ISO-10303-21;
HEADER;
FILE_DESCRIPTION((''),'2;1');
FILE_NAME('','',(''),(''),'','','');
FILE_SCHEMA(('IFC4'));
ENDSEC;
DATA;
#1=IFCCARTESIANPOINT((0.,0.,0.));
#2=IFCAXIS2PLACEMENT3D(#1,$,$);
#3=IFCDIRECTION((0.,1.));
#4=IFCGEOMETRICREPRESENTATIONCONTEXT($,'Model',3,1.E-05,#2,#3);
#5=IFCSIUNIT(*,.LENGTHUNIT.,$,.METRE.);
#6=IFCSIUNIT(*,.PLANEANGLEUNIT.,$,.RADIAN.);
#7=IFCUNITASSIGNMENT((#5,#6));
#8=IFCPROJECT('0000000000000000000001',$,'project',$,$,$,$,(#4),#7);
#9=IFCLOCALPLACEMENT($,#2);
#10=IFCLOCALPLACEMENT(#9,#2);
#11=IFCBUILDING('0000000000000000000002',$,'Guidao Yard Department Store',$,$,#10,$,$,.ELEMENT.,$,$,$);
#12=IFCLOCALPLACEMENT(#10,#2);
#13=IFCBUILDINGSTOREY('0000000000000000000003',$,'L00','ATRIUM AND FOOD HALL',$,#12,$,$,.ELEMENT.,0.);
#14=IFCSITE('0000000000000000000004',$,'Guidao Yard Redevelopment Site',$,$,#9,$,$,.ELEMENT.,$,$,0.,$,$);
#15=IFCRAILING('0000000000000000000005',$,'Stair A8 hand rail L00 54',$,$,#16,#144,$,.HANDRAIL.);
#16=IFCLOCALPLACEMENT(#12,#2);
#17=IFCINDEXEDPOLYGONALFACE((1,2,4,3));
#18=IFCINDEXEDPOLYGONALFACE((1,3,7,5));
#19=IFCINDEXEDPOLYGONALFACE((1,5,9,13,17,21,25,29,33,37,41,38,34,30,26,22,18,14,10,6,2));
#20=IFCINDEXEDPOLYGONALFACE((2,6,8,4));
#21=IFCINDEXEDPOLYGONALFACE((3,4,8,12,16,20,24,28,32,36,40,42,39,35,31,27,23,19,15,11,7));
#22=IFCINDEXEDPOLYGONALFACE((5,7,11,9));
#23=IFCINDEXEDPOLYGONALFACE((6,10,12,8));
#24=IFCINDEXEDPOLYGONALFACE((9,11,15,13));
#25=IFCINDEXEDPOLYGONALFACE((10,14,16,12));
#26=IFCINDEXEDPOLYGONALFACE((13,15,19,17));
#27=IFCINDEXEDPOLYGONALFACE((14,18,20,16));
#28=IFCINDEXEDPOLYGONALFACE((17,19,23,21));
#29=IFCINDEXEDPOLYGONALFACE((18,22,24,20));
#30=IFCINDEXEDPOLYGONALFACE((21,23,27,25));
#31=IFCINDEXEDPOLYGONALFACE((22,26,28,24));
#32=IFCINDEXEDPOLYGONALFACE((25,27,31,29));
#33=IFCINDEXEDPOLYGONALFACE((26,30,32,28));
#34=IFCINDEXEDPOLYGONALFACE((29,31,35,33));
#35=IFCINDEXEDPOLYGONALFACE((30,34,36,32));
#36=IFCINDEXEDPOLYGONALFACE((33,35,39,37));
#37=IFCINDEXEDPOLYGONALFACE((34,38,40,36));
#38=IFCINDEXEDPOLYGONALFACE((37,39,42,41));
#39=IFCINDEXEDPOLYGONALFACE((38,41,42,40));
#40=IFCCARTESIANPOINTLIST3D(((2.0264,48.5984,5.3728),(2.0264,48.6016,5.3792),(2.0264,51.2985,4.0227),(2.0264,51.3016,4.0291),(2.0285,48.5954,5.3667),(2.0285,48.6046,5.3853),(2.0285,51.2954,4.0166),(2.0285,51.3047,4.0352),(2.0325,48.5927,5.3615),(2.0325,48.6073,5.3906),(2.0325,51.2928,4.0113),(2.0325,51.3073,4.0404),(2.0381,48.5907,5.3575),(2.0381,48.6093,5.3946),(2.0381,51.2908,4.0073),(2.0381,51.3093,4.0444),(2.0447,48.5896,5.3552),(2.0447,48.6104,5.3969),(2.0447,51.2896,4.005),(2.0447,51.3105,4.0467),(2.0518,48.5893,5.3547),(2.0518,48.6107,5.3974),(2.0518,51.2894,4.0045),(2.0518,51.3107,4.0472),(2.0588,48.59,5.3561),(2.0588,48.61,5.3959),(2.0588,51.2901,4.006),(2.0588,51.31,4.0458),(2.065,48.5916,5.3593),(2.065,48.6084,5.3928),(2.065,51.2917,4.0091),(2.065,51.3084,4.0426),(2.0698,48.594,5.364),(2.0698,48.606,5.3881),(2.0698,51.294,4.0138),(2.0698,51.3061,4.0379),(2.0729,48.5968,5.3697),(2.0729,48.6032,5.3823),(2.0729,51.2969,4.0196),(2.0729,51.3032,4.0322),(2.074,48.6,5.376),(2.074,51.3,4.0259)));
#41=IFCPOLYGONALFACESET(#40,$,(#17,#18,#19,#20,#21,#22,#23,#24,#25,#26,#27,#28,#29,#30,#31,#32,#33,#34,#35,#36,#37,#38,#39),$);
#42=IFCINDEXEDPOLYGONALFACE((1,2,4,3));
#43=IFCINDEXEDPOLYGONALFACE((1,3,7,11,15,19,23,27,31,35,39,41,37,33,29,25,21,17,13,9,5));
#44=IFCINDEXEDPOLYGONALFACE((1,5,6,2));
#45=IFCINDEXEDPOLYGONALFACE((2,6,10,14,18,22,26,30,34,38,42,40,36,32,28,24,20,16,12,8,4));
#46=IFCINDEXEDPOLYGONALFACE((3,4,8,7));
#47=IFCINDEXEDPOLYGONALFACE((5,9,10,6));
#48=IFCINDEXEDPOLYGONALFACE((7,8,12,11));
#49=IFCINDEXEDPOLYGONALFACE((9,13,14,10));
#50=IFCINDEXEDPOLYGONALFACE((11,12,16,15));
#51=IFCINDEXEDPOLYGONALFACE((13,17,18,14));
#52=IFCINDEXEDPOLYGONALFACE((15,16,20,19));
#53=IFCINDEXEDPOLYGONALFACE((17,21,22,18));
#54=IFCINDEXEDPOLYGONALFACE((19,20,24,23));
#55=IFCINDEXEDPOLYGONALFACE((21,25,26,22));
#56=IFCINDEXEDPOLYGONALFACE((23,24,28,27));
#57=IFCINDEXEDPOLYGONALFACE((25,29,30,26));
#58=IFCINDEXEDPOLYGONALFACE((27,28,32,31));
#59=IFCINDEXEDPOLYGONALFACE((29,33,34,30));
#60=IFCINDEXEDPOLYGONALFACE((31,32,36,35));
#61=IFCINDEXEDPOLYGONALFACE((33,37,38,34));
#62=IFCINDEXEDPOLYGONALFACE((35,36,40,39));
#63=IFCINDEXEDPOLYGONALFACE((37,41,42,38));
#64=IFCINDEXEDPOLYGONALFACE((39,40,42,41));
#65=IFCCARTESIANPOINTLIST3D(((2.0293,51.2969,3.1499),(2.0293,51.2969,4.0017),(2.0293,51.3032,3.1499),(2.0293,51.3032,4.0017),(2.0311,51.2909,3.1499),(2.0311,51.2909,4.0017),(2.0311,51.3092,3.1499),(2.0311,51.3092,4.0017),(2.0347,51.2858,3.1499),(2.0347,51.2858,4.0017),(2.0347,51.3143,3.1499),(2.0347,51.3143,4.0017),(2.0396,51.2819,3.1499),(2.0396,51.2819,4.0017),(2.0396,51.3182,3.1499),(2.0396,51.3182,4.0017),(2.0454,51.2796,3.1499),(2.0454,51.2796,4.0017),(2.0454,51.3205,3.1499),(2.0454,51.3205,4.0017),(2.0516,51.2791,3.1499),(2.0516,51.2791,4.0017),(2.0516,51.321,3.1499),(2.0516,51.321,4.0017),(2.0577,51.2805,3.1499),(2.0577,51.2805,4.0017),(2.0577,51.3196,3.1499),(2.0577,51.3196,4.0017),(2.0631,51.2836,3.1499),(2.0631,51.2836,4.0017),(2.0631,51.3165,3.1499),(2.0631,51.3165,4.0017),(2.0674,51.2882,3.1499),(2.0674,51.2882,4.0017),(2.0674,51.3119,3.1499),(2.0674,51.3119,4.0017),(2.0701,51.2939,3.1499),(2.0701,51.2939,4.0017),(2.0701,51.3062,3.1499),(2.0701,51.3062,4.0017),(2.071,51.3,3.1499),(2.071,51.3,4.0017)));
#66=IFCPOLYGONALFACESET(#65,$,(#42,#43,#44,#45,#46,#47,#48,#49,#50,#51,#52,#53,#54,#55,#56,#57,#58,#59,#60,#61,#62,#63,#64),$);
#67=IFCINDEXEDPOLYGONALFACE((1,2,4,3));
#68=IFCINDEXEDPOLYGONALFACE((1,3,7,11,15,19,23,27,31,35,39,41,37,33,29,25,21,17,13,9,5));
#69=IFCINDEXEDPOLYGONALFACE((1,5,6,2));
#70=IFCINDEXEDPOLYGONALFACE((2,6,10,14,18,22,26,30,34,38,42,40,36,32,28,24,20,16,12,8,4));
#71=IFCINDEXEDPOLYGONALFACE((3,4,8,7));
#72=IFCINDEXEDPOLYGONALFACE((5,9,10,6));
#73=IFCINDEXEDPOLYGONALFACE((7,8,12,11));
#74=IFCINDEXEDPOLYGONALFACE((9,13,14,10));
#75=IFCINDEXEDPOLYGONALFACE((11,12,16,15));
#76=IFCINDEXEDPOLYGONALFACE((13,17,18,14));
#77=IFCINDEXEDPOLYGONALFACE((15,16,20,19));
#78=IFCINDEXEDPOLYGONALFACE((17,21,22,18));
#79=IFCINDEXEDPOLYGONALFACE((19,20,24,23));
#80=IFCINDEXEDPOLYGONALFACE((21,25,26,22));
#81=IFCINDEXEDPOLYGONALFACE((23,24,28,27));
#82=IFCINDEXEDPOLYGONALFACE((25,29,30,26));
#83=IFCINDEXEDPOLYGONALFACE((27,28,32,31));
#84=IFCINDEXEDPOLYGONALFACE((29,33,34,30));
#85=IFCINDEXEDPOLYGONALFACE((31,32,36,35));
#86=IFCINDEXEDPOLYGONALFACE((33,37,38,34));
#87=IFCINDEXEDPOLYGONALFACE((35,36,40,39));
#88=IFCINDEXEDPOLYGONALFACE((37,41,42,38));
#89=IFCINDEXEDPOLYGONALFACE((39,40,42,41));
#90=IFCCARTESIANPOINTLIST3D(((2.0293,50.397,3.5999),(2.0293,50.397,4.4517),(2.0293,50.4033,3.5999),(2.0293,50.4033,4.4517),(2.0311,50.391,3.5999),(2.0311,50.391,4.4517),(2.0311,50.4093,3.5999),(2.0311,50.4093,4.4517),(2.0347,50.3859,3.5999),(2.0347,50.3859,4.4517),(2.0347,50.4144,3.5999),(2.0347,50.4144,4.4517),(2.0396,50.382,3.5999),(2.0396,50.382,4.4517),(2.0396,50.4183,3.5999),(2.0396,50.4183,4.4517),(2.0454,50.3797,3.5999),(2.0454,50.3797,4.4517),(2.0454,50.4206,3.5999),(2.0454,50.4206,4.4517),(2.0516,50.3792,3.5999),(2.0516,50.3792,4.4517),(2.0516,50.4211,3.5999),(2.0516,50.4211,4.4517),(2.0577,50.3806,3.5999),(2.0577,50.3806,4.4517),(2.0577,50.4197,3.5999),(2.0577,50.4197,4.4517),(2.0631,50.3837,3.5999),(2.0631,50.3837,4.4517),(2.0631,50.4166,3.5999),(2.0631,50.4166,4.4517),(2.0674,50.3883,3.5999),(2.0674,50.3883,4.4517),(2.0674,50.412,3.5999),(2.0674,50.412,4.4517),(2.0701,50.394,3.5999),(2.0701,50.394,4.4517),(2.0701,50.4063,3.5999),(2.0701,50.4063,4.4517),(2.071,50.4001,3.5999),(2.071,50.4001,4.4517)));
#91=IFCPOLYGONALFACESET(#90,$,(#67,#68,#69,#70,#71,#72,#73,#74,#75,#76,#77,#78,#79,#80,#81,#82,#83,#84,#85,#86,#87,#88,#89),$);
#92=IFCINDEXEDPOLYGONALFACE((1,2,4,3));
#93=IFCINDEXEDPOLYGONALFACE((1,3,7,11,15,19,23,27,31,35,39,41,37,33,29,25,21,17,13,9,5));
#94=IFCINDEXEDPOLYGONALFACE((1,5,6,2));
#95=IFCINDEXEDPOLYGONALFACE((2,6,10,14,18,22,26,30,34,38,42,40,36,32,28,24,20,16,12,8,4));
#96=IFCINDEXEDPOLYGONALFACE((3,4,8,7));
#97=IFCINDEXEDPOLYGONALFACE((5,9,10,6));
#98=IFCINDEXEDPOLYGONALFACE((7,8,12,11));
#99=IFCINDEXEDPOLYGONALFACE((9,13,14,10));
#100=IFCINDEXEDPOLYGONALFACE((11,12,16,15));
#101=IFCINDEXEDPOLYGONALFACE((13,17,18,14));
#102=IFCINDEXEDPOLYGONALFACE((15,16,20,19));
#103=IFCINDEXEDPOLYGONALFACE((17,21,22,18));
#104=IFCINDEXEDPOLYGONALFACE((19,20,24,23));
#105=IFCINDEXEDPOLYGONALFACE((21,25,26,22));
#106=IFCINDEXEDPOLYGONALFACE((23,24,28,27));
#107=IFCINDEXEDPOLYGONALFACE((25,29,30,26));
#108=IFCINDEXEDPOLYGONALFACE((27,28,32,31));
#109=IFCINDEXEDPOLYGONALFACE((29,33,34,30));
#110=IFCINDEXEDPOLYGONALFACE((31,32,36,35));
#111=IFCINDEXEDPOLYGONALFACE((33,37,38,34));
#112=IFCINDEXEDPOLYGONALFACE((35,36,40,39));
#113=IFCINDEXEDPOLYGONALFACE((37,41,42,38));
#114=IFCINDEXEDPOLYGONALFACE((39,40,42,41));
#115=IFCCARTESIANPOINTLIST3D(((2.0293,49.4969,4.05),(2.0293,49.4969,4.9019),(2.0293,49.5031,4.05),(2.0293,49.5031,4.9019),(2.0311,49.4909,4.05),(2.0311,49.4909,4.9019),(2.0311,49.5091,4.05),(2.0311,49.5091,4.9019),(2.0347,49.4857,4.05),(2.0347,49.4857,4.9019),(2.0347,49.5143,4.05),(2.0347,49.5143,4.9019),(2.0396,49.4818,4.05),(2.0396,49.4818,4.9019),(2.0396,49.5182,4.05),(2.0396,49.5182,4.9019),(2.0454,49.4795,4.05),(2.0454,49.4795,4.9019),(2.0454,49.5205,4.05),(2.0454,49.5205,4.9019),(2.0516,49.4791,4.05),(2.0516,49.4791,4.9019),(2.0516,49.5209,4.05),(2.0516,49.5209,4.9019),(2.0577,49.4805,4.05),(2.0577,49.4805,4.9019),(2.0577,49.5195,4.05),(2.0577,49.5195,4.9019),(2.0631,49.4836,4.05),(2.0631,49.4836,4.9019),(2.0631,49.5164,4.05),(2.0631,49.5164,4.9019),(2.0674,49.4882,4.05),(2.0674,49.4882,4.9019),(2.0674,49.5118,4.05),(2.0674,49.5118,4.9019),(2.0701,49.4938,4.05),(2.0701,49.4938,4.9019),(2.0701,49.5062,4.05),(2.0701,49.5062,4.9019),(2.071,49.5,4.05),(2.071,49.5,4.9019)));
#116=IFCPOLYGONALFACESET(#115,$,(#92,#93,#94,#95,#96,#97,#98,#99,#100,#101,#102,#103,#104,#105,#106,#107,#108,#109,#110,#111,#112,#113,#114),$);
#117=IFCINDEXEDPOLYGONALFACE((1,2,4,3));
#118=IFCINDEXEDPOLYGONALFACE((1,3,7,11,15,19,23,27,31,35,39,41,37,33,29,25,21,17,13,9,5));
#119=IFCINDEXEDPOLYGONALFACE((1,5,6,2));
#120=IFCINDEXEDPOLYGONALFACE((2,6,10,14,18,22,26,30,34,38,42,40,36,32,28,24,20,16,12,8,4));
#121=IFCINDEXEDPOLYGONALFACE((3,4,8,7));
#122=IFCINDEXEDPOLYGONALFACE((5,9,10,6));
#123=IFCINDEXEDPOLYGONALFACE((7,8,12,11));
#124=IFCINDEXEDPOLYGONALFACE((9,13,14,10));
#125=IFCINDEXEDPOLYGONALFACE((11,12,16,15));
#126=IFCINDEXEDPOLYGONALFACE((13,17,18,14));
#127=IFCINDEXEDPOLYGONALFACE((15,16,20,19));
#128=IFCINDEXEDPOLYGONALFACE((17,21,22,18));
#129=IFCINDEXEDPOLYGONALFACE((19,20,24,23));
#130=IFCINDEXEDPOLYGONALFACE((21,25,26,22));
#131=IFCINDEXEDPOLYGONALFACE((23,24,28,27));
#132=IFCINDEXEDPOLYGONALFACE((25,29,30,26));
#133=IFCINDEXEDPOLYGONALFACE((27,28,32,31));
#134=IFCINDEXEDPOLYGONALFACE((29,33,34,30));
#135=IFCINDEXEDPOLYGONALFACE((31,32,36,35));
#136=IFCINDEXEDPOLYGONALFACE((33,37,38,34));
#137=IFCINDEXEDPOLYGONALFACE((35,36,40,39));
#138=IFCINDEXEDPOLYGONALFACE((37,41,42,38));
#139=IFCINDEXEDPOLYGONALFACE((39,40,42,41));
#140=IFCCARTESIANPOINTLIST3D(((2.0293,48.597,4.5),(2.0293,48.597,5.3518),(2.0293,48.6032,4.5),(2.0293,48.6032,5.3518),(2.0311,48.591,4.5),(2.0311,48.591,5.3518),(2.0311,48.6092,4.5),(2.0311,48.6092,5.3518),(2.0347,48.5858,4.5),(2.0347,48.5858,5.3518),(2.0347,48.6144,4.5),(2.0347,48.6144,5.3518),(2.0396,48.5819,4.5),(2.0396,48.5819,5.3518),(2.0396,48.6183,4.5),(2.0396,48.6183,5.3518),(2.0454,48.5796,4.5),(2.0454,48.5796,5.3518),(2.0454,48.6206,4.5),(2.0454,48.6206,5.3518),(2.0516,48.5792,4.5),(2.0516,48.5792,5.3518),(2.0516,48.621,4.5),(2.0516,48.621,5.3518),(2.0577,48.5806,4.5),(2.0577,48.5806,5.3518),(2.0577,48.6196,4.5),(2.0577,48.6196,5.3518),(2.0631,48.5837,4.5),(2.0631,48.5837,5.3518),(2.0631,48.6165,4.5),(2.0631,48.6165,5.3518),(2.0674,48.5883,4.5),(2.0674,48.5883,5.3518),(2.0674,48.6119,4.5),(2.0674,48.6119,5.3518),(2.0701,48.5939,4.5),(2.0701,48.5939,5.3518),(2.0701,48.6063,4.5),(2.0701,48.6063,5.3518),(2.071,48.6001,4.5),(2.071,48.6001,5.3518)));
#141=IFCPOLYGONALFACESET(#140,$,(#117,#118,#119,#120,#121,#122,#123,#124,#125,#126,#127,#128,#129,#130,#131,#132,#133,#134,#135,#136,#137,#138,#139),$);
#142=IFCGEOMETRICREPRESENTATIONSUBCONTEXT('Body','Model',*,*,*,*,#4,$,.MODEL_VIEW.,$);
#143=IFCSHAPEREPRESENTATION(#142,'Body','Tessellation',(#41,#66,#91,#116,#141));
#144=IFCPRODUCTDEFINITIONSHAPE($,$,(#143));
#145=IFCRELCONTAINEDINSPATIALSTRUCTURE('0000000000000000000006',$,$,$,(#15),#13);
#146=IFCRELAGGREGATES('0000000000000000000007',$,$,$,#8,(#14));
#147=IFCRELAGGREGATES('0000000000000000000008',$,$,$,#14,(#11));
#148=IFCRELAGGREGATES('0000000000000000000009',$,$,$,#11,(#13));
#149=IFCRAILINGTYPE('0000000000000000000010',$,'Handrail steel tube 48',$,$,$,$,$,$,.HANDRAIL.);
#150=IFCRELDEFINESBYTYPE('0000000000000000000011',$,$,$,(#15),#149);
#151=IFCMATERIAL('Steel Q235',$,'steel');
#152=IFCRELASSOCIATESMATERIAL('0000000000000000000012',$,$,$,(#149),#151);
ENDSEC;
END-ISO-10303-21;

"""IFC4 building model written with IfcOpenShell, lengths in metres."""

from ifc_helpers import new_model, si_unit, direction, frame, origin, origin_2d, place, context, subcontext, project, spatial, circle, extrude, material, type_object, element, save


model = new_model("IFC4")

# Units and contexts
model_context = context("Model", 3, precision=1e-05, world=origin(), true_north=direction((0.0, 1.0)))
body_context = subcontext(model_context, "Body", "Model", "MODEL_VIEW")
ifc_project = project(units=[si_unit("LENGTHUNIT", "METRE"), si_unit("PLANEANGLEUNIT", "RADIAN")], contexts=[model_context])

# Site, building, storey
site_placement = place(None, origin())
site = spatial("IfcSite", under=ifc_project, at=site_placement, Name="Guidao Yard Redevelopment Site", CompositionType="ELEMENT", RefElevation=0.0)
building_placement = place(site_placement, origin())
building = spatial("IfcBuilding", under=site, at=building_placement, Name="Guidao Yard Department Store", CompositionType="ELEMENT")
storey_placement = place(building_placement, origin())
storey = spatial("IfcBuildingStorey", under=building, at=storey_placement, Name="L00", Description="ATRIUM AND FOOD HALL", CompositionType="ELEMENT", Elevation=0.0)

# Railing
ifc_material_1 = material(Name="Steel Q235", Category="steel")
railing_type = type_object("IfcRailingType", Name="Handrail steel tube 48", PredefinedType="HANDRAIL", material=ifc_material_1)
for number, where, name in (
    (1, (2.05, 51.3, 3.1499), "Stair A8 hand rail L00 54"),
):
    element("IfcRailing", number, at=place(storey_placement, frame(where)), inside=storey, type_object=railing_type, Name=name, PredefinedType="HANDRAIL", context=body_context, shape_type="SweptSolid", body=[
        extrude(circle(Radius=0.0239, at=origin_2d()), frame((0.0, 0.0, 0.876), z_axis=(0.0, -0.894411, 0.447246), x_axis=(1.0, 0.0, 0.0)), (0.0, 0.0, 1.0), 3.0188),
        extrude(circle(Radius=0.021, at=origin_2d()), origin(), (0.0, 0.0, 1.0), 0.8518),
        extrude(circle(Radius=0.021, at=origin_2d()), frame((0.0, -0.8999, 0.45)), (0.0, 0.0, 1.0), 0.8518),
        extrude(circle(Radius=0.021, at=origin_2d()), frame((0.0, -1.8, 0.9001)), (0.0, 0.0, 1.0), 0.8518),
        extrude(circle(Radius=0.021, at=origin_2d()), frame((0.0, -2.7, 1.3501)), (0.0, 0.0, 1.0), 0.8518),
    ])

save(model, "model.ifc")
